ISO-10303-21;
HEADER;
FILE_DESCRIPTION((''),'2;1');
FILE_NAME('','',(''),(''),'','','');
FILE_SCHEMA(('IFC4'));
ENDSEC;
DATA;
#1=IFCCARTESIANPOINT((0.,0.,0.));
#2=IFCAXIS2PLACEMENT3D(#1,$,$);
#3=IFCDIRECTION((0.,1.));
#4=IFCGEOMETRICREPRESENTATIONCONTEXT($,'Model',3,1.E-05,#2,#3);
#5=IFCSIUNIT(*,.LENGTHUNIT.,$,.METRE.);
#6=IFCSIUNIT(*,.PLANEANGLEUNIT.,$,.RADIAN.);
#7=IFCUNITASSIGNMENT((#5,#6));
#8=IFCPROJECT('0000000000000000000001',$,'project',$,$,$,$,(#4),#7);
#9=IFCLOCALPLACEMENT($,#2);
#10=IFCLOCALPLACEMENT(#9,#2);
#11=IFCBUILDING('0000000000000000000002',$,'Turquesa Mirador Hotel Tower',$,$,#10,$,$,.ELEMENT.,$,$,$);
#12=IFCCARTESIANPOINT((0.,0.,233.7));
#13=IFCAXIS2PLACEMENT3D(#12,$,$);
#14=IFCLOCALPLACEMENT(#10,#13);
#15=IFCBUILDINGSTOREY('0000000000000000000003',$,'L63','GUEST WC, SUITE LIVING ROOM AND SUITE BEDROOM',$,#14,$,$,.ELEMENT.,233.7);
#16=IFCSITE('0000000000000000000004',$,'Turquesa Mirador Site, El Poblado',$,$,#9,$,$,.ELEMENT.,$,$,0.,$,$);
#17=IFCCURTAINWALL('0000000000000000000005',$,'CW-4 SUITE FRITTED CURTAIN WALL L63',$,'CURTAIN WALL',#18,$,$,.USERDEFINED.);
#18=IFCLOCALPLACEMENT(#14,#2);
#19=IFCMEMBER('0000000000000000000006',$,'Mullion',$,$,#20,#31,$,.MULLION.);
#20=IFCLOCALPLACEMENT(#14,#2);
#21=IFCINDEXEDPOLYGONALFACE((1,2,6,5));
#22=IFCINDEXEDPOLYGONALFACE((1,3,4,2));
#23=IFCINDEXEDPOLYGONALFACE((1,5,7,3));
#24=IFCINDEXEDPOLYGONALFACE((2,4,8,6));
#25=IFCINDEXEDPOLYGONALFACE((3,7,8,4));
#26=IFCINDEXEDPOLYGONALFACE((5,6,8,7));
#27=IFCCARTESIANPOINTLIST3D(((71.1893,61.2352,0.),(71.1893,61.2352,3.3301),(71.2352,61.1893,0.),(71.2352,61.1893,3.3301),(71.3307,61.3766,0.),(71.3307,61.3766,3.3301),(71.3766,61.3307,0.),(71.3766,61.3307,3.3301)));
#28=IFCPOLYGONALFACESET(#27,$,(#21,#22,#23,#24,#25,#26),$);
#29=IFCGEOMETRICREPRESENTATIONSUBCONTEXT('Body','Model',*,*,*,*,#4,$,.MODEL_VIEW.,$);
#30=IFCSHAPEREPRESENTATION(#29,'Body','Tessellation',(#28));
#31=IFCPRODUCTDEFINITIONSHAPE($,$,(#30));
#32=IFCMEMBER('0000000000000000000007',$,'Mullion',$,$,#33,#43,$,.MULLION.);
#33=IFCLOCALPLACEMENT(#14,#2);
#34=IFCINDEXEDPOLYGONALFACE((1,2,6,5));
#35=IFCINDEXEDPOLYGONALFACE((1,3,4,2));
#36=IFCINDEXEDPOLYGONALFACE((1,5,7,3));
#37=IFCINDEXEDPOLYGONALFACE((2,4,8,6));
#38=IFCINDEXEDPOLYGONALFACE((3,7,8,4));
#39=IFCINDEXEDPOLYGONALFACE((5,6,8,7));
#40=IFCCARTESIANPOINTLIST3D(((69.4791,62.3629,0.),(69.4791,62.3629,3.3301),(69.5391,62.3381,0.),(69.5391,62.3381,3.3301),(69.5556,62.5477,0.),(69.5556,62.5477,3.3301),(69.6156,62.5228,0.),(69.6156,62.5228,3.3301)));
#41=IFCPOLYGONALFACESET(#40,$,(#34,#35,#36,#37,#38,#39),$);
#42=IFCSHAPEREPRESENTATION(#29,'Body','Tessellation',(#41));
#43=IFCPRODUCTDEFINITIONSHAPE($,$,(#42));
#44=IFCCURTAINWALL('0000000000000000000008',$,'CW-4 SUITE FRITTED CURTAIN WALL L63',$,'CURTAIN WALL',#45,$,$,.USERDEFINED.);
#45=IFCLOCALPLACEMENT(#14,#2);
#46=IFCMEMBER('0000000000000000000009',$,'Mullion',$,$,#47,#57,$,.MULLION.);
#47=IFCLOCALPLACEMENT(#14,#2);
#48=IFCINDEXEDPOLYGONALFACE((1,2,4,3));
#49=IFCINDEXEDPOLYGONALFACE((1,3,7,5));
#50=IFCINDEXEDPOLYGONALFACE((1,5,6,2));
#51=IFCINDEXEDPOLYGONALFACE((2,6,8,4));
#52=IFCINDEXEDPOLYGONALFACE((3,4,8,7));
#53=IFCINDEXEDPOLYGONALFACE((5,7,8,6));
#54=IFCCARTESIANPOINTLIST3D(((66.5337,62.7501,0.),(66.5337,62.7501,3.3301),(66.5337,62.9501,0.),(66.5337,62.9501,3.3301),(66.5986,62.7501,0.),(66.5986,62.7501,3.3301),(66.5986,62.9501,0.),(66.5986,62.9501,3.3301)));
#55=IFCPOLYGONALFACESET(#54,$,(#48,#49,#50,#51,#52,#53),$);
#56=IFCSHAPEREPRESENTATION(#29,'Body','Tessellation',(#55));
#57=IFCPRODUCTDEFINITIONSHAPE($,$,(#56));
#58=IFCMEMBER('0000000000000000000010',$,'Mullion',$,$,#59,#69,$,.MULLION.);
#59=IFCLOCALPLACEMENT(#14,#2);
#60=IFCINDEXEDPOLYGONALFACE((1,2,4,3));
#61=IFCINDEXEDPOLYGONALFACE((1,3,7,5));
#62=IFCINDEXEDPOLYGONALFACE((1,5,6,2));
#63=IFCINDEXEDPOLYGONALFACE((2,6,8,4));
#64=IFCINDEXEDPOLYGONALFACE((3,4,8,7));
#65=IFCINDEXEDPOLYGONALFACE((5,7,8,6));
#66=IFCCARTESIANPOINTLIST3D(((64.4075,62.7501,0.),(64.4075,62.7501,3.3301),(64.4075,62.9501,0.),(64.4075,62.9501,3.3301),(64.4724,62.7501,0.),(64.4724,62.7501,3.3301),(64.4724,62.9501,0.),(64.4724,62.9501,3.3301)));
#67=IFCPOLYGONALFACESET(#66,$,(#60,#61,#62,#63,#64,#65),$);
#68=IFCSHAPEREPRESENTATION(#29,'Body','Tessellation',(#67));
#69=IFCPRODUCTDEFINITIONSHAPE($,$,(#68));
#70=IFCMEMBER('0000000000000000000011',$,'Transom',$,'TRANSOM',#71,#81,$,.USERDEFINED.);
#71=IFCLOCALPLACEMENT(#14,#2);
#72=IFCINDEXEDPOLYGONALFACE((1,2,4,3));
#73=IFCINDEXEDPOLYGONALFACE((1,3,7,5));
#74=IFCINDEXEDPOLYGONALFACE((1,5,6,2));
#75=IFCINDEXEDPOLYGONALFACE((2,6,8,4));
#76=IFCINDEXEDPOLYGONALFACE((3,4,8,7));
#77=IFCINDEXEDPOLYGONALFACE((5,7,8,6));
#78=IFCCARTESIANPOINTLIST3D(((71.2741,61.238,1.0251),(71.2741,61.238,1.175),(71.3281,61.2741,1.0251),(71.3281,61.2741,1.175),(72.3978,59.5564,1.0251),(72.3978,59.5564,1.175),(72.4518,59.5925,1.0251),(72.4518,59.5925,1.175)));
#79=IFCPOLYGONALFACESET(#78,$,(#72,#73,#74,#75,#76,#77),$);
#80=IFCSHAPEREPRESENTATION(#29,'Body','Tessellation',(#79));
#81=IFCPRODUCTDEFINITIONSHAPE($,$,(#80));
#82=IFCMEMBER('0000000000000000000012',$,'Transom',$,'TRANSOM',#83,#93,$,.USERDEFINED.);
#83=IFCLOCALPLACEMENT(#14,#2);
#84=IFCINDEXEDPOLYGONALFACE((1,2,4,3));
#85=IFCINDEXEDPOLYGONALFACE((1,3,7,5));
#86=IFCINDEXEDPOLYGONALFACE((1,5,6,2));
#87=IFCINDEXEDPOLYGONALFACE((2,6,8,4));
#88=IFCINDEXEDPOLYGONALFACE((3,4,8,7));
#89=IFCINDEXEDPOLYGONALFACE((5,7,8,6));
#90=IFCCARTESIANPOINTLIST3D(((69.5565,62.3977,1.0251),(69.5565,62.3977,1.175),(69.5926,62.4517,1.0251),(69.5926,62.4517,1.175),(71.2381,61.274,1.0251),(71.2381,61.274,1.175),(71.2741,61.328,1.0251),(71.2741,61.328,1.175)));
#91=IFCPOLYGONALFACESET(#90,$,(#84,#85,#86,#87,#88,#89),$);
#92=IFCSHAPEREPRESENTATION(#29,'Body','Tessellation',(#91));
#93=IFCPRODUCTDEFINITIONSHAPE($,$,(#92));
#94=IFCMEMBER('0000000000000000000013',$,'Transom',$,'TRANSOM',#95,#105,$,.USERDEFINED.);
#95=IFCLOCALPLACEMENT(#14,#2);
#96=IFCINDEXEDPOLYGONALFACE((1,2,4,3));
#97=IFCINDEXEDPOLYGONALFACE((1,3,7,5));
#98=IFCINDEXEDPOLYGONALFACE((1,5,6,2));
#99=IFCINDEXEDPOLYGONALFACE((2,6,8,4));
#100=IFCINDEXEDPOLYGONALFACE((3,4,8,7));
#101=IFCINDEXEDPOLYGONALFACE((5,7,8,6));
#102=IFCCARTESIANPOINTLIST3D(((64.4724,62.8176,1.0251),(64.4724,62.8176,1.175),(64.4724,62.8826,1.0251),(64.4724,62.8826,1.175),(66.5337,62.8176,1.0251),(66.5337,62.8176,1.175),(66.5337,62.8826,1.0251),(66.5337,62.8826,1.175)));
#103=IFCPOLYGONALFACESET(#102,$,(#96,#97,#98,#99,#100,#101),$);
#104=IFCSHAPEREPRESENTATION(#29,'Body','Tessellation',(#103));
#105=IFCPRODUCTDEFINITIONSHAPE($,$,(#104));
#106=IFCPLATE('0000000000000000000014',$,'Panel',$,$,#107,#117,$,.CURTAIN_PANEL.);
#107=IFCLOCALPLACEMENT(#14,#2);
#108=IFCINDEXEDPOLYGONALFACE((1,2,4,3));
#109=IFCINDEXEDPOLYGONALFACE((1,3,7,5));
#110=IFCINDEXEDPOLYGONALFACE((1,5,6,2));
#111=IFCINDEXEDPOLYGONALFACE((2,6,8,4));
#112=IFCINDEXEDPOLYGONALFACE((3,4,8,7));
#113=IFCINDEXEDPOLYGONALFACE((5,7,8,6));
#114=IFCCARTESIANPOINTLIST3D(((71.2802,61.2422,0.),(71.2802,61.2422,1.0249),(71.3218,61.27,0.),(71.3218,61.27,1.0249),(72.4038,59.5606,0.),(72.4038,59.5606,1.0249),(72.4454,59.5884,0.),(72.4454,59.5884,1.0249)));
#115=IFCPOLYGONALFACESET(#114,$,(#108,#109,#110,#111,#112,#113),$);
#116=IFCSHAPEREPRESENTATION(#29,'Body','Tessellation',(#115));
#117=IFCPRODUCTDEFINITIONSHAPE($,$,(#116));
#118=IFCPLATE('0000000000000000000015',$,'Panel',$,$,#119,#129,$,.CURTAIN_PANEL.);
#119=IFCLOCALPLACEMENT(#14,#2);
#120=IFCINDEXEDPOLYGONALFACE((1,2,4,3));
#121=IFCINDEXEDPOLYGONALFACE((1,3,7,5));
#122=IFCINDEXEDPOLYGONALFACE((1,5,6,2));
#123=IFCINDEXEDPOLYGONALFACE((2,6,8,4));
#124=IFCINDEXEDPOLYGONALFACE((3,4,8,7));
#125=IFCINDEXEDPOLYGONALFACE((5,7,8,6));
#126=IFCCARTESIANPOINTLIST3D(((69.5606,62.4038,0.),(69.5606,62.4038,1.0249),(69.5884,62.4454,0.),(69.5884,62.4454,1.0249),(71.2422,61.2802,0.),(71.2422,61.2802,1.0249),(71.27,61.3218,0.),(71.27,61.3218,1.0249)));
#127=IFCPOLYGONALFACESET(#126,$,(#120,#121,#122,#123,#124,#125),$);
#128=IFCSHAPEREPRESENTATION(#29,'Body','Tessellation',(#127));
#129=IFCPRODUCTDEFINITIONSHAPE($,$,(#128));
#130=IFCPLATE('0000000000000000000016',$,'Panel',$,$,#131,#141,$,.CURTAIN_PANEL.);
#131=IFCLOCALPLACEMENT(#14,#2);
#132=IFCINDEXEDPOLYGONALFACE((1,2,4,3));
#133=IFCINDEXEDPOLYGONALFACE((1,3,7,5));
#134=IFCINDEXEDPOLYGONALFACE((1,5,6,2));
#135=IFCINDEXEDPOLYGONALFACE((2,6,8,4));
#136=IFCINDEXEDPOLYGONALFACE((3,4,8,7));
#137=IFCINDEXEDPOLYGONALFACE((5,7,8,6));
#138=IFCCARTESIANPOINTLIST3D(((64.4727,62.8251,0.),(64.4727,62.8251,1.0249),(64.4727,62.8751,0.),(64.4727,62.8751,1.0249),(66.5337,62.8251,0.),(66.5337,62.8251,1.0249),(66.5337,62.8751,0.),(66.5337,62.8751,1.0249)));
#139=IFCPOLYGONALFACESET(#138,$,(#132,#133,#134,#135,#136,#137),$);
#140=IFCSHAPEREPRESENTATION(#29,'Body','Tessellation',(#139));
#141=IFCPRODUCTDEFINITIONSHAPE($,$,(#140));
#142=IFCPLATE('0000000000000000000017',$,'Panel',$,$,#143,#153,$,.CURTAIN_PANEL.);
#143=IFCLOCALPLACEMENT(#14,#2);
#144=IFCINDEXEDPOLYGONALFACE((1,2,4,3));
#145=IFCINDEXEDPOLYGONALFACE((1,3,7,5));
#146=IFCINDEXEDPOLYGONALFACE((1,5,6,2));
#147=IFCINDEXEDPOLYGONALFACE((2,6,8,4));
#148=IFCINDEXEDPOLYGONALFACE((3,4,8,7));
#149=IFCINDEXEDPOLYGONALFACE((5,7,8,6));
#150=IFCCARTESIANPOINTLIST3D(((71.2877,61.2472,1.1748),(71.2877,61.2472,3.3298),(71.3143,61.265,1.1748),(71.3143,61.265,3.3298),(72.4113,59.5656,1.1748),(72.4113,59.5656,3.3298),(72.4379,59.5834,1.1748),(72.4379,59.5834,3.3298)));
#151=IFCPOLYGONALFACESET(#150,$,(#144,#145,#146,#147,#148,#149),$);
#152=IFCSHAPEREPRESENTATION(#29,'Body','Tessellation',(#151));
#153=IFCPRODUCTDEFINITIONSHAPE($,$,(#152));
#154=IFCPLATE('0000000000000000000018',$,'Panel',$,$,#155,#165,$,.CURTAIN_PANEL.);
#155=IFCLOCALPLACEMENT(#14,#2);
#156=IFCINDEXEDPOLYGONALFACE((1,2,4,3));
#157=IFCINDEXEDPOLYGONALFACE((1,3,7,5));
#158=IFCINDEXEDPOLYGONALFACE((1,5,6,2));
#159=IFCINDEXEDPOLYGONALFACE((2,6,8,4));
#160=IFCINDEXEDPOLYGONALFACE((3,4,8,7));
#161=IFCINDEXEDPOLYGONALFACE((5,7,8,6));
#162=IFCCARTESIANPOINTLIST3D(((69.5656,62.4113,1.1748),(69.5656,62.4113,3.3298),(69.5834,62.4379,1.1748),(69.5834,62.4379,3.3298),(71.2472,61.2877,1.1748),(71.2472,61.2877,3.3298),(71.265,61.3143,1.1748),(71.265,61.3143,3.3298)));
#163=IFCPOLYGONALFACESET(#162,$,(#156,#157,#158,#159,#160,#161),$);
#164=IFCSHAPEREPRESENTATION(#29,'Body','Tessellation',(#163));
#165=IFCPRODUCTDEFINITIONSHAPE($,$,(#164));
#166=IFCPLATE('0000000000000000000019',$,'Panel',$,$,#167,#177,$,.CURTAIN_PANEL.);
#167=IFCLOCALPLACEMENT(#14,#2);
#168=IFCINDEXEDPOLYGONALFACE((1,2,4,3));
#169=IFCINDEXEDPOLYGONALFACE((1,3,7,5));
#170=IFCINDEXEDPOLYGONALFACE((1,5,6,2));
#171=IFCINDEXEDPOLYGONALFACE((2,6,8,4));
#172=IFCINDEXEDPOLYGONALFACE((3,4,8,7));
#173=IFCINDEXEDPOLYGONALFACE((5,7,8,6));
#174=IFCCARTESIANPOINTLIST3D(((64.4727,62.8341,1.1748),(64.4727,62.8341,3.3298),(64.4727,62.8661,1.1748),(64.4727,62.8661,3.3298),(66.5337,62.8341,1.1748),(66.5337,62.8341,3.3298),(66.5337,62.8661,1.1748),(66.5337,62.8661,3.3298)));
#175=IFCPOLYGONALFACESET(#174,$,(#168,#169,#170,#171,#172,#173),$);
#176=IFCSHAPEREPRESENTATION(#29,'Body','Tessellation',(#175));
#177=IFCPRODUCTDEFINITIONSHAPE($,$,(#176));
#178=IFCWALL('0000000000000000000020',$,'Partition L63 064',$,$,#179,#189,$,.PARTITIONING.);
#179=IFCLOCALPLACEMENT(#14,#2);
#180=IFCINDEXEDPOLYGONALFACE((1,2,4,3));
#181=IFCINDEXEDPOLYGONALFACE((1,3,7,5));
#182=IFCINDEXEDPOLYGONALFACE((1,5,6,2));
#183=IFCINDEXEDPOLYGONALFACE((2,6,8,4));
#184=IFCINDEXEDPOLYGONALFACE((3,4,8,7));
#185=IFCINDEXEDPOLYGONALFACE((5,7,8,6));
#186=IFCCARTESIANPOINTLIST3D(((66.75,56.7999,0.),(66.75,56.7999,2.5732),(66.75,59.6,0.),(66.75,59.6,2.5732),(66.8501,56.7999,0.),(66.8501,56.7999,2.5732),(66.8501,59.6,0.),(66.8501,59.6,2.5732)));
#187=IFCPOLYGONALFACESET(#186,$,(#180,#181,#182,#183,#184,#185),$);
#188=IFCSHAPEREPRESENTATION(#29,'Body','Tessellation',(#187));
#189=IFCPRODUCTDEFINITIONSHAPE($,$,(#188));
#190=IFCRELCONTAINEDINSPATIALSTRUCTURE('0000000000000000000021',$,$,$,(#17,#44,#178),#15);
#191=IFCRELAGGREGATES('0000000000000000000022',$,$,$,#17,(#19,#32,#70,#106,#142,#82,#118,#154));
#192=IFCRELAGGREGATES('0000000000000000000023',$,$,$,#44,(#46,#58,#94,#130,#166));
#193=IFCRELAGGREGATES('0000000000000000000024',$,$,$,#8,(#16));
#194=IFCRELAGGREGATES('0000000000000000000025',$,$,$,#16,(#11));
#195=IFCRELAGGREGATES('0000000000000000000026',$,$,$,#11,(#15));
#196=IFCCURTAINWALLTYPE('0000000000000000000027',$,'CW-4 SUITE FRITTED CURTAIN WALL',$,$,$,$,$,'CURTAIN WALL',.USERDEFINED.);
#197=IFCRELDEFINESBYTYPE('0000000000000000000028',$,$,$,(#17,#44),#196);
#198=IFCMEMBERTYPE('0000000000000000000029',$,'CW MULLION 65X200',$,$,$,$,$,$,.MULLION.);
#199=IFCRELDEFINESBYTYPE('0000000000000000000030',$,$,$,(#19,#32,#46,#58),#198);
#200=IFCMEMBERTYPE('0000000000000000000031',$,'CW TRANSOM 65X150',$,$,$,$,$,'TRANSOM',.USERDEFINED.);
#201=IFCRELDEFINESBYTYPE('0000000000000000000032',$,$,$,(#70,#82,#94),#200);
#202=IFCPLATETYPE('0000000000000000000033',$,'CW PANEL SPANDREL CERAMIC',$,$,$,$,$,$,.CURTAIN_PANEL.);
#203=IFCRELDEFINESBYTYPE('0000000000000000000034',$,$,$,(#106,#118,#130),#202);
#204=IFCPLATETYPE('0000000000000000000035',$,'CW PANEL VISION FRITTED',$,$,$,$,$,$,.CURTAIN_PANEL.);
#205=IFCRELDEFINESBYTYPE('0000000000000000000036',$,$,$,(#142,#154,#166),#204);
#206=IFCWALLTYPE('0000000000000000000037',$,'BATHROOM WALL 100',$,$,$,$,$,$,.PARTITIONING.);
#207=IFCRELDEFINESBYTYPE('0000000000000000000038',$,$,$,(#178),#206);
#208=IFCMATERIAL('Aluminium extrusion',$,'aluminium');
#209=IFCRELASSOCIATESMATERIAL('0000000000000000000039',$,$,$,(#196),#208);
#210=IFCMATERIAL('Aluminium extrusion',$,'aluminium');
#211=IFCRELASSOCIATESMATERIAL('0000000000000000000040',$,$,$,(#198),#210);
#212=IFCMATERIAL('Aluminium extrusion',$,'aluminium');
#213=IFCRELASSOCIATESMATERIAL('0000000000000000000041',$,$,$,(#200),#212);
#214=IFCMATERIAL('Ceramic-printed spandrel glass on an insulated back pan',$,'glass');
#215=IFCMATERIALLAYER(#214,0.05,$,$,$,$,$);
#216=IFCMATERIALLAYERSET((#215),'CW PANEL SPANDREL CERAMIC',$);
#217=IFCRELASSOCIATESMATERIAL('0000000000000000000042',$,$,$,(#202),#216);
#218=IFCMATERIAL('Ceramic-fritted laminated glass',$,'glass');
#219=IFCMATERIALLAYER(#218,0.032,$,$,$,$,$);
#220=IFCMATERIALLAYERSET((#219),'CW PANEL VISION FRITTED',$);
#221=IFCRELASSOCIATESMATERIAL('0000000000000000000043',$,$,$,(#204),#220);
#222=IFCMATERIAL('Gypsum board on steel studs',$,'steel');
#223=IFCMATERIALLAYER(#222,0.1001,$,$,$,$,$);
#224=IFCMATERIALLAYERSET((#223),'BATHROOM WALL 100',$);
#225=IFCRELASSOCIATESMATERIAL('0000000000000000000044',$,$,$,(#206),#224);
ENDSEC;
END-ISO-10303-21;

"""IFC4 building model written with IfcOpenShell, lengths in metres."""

from ifc_helpers import new_model, si_unit, direction, frame, frame_2d, origin, origin_2d, place, context, subcontext, project, spatial, rectangle, extrude, material, layer, layer_set, material_profile, profile_set, type_object, element, aggregate, save


model = new_model("IFC4")

# Units and contexts
model_context = context("Model", 3, precision=1e-05, world=origin(), true_north=direction((0.0, 1.0)))
body_context = subcontext(model_context, "Body", "Model", "MODEL_VIEW")
ifc_project = project(units=[si_unit("LENGTHUNIT", "METRE"), si_unit("PLANEANGLEUNIT", "RADIAN")], contexts=[model_context])

# Site, building, storey
site_placement = place(None, origin())
site = spatial("IfcSite", under=ifc_project, at=site_placement, Name="Turquesa Mirador Site, El Poblado", CompositionType="ELEMENT", RefElevation=0.0)
building_placement = place(site_placement, origin())
building = spatial("IfcBuilding", under=site, at=building_placement, Name="Turquesa Mirador Hotel Tower", CompositionType="ELEMENT")
storey_placement = place(building_placement, frame((0.0, 0.0, 233.7)))
storey = spatial("IfcBuildingStorey", under=building, at=storey_placement, Name="L63", Description="GUEST WC, SUITE LIVING ROOM AND SUITE BEDROOM", CompositionType="ELEMENT", Elevation=233.7)

# Curtain walls, members
ifc_material_1 = material(Name="Aluminium extrusion", Category="aluminium")
curtain_wall_type = type_object("IfcCurtainWallType", Name="CW-4 SUITE FRITTED CURTAIN WALL", ElementType="CURTAIN WALL", PredefinedType="USERDEFINED", material=ifc_material_1)
curtain_wall_1_placement = place(storey_placement, origin())
curtain_wall_1 = element("IfcCurtainWall", 1, at=curtain_wall_1_placement, inside=storey, type_object=curtain_wall_type, Name="CW-4 SUITE FRITTED CURTAIN WALL L63", ObjectType="CURTAIN WALL", PredefinedType="USERDEFINED")
ifc_material_2 = material(Name="Aluminium extrusion", Category="aluminium")
ifc_material_profile_1 = material_profile(ifc_material_2, rectangle(XDim=0.0649, YDim=0.2, at=origin_2d()), Name="MULLION 65X200")
ifc_profile_set_1 = profile_set([ifc_material_profile_1], Name="Aluminium extrusion")
member_type_1 = type_object("IfcMemberType", Name="CW MULLION 65X200", PredefinedType="MULLION", material=ifc_profile_set_1)
member_1_placement = place(storey_placement, frame((71.283, 61.283, 0.0), z_axis=(0.0, 0.0, 1.0), x_axis=(-0.707107, 0.707107, 0.0)))
member_1 = element("IfcMember", 2, at=member_1_placement, type_object=member_type_1, Name="Mullion", PredefinedType="MULLION", context=body_context, shape_type="SweptSolid", body=[
    extrude(rectangle(XDim=0.0649, YDim=0.2, at=origin_2d()), origin(), (0.0, 0.0, 1.0), 3.3301),
])
member_2_placement = place(storey_placement, frame((69.5474, 62.4429, 0.0), z_axis=(0.0, 0.0, 1.0), x_axis=(-0.92388, 0.382683, 0.0)))
member_2 = element("IfcMember", 3, at=member_2_placement, type_object=member_type_1, Name="Mullion", PredefinedType="MULLION", context=body_context, shape_type="SweptSolid", body=[
    extrude(rectangle(XDim=0.0649, YDim=0.2, at=origin_2d()), origin(), (0.0, 0.0, 1.0), 3.3301),
])
curtain_wall_2_placement = place(storey_placement, origin())
curtain_wall_2 = element("IfcCurtainWall", 4, at=curtain_wall_2_placement, inside=storey, type_object=curtain_wall_type, Name="CW-4 SUITE FRITTED CURTAIN WALL L63", ObjectType="CURTAIN WALL", PredefinedType="USERDEFINED")
member_3_placement = place(storey_placement, frame((66.5662, 62.8501, 0.0), z_axis=(0.0, 0.0, 1.0), x_axis=(-1.0, 0.0, 0.0)))
member_3 = element("IfcMember", 5, at=member_3_placement, type_object=member_type_1, Name="Mullion", PredefinedType="MULLION", context=body_context, shape_type="SweptSolid", body=[
    extrude(rectangle(XDim=0.0649, YDim=0.2, at=origin_2d()), origin(), (0.0, 0.0, 1.0), 3.3301),
])
member_4_placement = place(storey_placement, frame((64.4399, 62.8501, 0.0), z_axis=(0.0, 0.0, 1.0), x_axis=(-1.0, 0.0, 0.0)))
member_4 = element("IfcMember", 6, at=member_4_placement, type_object=member_type_1, Name="Mullion", PredefinedType="MULLION", context=body_context, shape_type="SweptSolid", body=[
    extrude(rectangle(XDim=0.0649, YDim=0.2, at=origin_2d()), origin(), (0.0, 0.0, 1.0), 3.3301),
])

# Members
ifc_material_3 = material(Name="Aluminium extrusion", Category="aluminium")
ifc_material_profile_2 = material_profile(ifc_material_3, rectangle(XDim=0.0649, YDim=0.1499, at=origin_2d()), Name="TRANSOM 65X150")
ifc_profile_set_2 = profile_set([ifc_material_profile_2], Name="Aluminium extrusion")
member_type_2 = type_object("IfcMemberType", Name="CW TRANSOM 65X150", ElementType="TRANSOM", PredefinedType="USERDEFINED", material=ifc_profile_set_2)
member_5_placement = place(storey_placement, frame((72.4248, 59.5745, 1.1001), z_axis=(-0.555619, 0.831437, 0.0), x_axis=(-0.831437, -0.555619, 0.0)))
member_5 = element("IfcMember", 7, at=member_5_placement, type_object=member_type_2, Name="Transom", ObjectType="TRANSOM", PredefinedType="USERDEFINED", context=body_context, shape_type="SweptSolid", body=[
    extrude(rectangle(XDim=0.0649, YDim=0.1499, at=origin_2d()), origin(), (0.0, 0.0, 1.0), 2.0225),
])
member_6_placement = place(storey_placement, frame((71.2561, 61.301, 1.1001), z_axis=(-0.831437, 0.555619, 0.0), x_axis=(-0.555619, -0.831437, 0.0)))
member_6 = element("IfcMember", 8, at=member_6_placement, type_object=member_type_2, Name="Transom", ObjectType="TRANSOM", PredefinedType="USERDEFINED", context=body_context, shape_type="SweptSolid", body=[
    extrude(rectangle(XDim=0.0649, YDim=0.1499, at=origin_2d()), origin(), (0.0, 0.0, 1.0), 2.0225),
])
member_7_placement = place(storey_placement, frame((66.5337, 62.8501, 1.1001), z_axis=(-1.0, 0.0, 0.0), x_axis=(0.0, -1.0, 0.0)))
member_7 = element("IfcMember", 9, at=member_7_placement, type_object=member_type_2, Name="Transom", ObjectType="TRANSOM", PredefinedType="USERDEFINED", context=body_context, shape_type="SweptSolid", body=[
    extrude(rectangle(XDim=0.0649, YDim=0.1499, at=origin_2d()), origin(), (0.0, 0.0, 1.0), 2.0613),
])

# Plates
ifc_material_4 = material(Name="Ceramic-printed spandrel glass on an insulated back pan", Category="glass")
ifc_layer_1 = layer(ifc_material_4, 0.05)
ifc_layer_set_1 = layer_set([ifc_layer_1], Name="CW PANEL SPANDREL CERAMIC")
plate_type_1 = type_object("IfcPlateType", Name="CW PANEL SPANDREL CERAMIC", PredefinedType="CURTAIN_PANEL", material=ifc_layer_set_1)
plate_1_placement = place(storey_placement, frame((71.8628, 60.4153, 0.0), z_axis=(0.0, 0.0, 1.0), x_axis=(-0.55557, 0.83147, 0.0)))
plate_1 = element("IfcPlate", 10, at=plate_1_placement, type_object=plate_type_1, Name="Panel", PredefinedType="CURTAIN_PANEL", context=body_context, shape_type="SweptSolid", body=[
    extrude(rectangle(XDim=2.0225, YDim=0.05, at=origin_2d()), origin(), (0.0, 0.0, 1.0), 1.0249),
])
plate_2_placement = place(storey_placement, frame((70.4153, 61.8628, 0.0), z_axis=(0.0, 0.0, 1.0), x_axis=(-0.83147, 0.55557, 0.0)))
plate_2 = element("IfcPlate", 11, at=plate_2_placement, type_object=plate_type_1, Name="Panel", PredefinedType="CURTAIN_PANEL", context=body_context, shape_type="SweptSolid", body=[
    extrude(rectangle(XDim=2.0225, YDim=0.05, at=origin_2d()), origin(), (0.0, 0.0, 1.0), 1.0249),
])
plate_3_placement = place(storey_placement, frame((65.5032, 62.8501, 0.0), z_axis=(0.0, 0.0, 1.0), x_axis=(-1.0, 0.0, 0.0)))
plate_3 = element("IfcPlate", 12, at=plate_3_placement, type_object=plate_type_1, Name="Panel", PredefinedType="CURTAIN_PANEL", context=body_context, shape_type="SweptSolid", body=[
    extrude(rectangle(XDim=2.061, YDim=0.05, at=origin_2d()), origin(), (0.0, 0.0, 1.0), 1.0249),
])
ifc_material_5 = material(Name="Ceramic-fritted laminated glass", Category="glass")
ifc_layer_2 = layer(ifc_material_5, 0.032)
ifc_layer_set_2 = layer_set([ifc_layer_2], Name="CW PANEL VISION FRITTED")
plate_type_2 = type_object("IfcPlateType", Name="CW PANEL VISION FRITTED", PredefinedType="CURTAIN_PANEL", material=ifc_layer_set_2)
plate_4_placement = place(storey_placement, frame((71.8628, 60.4153, 1.1748), z_axis=(0.0, 0.0, 1.0), x_axis=(-0.55557, 0.83147, 0.0)))
plate_4 = element("IfcPlate", 13, at=plate_4_placement, type_object=plate_type_2, Name="Panel", PredefinedType="CURTAIN_PANEL", context=body_context, shape_type="SweptSolid", body=[
    extrude(rectangle(XDim=2.0225, YDim=0.032, at=origin_2d()), origin(), (0.0, 0.0, 1.0), 2.155),
])
plate_5_placement = place(storey_placement, frame((70.4153, 61.8628, 1.1748), z_axis=(0.0, 0.0, 1.0), x_axis=(-0.83147, 0.55557, 0.0)))
plate_5 = element("IfcPlate", 14, at=plate_5_placement, type_object=plate_type_2, Name="Panel", PredefinedType="CURTAIN_PANEL", context=body_context, shape_type="SweptSolid", body=[
    extrude(rectangle(XDim=2.0225, YDim=0.032, at=origin_2d()), origin(), (0.0, 0.0, 1.0), 2.155),
])
aggregate(curtain_wall_1, [member_1, member_2, member_5, plate_1, plate_4, member_6, plate_2, plate_5])
plate_6_placement = place(storey_placement, frame((65.5032, 62.8501, 1.1748), z_axis=(0.0, 0.0, 1.0), x_axis=(-1.0, 0.0, 0.0)))
plate_6 = element("IfcPlate", 15, at=plate_6_placement, type_object=plate_type_2, Name="Panel", PredefinedType="CURTAIN_PANEL", context=body_context, shape_type="SweptSolid", body=[
    extrude(rectangle(XDim=2.061, YDim=0.032, at=origin_2d()), origin(), (0.0, 0.0, 1.0), 2.155),
])
aggregate(curtain_wall_2, [member_3, member_4, member_7, plate_3, plate_6])

# Wall
ifc_material_6 = material(Name="Gypsum board on steel studs", Category="steel")
ifc_layer_3 = layer(ifc_material_6, 0.1001)
ifc_layer_set_3 = layer_set([ifc_layer_3], Name="BATHROOM WALL 100")
wall_type_1 = type_object("IfcWallType", Name="BATHROOM WALL 100", PredefinedType="PARTITIONING", material=ifc_layer_set_3)
wall_1_placement = place(storey_placement, frame((66.8, 56.8, 0.0), z_axis=(0.0, 0.0, 1.0), x_axis=(0.0, 1.0, 0.0)))
element("IfcWall", 16, at=wall_1_placement, inside=storey, type_object=wall_type_1, Name="Partition L63 064", PredefinedType="PARTITIONING", context=body_context, shape_type="SweptSolid", body=[
    extrude(rectangle(XDim=2.8, YDim=0.1001, at=frame_2d((1.3999, 0.0))), origin(), (0.0, 0.0, 1.0), 2.5732),
])

save(model, "model.ifc")
